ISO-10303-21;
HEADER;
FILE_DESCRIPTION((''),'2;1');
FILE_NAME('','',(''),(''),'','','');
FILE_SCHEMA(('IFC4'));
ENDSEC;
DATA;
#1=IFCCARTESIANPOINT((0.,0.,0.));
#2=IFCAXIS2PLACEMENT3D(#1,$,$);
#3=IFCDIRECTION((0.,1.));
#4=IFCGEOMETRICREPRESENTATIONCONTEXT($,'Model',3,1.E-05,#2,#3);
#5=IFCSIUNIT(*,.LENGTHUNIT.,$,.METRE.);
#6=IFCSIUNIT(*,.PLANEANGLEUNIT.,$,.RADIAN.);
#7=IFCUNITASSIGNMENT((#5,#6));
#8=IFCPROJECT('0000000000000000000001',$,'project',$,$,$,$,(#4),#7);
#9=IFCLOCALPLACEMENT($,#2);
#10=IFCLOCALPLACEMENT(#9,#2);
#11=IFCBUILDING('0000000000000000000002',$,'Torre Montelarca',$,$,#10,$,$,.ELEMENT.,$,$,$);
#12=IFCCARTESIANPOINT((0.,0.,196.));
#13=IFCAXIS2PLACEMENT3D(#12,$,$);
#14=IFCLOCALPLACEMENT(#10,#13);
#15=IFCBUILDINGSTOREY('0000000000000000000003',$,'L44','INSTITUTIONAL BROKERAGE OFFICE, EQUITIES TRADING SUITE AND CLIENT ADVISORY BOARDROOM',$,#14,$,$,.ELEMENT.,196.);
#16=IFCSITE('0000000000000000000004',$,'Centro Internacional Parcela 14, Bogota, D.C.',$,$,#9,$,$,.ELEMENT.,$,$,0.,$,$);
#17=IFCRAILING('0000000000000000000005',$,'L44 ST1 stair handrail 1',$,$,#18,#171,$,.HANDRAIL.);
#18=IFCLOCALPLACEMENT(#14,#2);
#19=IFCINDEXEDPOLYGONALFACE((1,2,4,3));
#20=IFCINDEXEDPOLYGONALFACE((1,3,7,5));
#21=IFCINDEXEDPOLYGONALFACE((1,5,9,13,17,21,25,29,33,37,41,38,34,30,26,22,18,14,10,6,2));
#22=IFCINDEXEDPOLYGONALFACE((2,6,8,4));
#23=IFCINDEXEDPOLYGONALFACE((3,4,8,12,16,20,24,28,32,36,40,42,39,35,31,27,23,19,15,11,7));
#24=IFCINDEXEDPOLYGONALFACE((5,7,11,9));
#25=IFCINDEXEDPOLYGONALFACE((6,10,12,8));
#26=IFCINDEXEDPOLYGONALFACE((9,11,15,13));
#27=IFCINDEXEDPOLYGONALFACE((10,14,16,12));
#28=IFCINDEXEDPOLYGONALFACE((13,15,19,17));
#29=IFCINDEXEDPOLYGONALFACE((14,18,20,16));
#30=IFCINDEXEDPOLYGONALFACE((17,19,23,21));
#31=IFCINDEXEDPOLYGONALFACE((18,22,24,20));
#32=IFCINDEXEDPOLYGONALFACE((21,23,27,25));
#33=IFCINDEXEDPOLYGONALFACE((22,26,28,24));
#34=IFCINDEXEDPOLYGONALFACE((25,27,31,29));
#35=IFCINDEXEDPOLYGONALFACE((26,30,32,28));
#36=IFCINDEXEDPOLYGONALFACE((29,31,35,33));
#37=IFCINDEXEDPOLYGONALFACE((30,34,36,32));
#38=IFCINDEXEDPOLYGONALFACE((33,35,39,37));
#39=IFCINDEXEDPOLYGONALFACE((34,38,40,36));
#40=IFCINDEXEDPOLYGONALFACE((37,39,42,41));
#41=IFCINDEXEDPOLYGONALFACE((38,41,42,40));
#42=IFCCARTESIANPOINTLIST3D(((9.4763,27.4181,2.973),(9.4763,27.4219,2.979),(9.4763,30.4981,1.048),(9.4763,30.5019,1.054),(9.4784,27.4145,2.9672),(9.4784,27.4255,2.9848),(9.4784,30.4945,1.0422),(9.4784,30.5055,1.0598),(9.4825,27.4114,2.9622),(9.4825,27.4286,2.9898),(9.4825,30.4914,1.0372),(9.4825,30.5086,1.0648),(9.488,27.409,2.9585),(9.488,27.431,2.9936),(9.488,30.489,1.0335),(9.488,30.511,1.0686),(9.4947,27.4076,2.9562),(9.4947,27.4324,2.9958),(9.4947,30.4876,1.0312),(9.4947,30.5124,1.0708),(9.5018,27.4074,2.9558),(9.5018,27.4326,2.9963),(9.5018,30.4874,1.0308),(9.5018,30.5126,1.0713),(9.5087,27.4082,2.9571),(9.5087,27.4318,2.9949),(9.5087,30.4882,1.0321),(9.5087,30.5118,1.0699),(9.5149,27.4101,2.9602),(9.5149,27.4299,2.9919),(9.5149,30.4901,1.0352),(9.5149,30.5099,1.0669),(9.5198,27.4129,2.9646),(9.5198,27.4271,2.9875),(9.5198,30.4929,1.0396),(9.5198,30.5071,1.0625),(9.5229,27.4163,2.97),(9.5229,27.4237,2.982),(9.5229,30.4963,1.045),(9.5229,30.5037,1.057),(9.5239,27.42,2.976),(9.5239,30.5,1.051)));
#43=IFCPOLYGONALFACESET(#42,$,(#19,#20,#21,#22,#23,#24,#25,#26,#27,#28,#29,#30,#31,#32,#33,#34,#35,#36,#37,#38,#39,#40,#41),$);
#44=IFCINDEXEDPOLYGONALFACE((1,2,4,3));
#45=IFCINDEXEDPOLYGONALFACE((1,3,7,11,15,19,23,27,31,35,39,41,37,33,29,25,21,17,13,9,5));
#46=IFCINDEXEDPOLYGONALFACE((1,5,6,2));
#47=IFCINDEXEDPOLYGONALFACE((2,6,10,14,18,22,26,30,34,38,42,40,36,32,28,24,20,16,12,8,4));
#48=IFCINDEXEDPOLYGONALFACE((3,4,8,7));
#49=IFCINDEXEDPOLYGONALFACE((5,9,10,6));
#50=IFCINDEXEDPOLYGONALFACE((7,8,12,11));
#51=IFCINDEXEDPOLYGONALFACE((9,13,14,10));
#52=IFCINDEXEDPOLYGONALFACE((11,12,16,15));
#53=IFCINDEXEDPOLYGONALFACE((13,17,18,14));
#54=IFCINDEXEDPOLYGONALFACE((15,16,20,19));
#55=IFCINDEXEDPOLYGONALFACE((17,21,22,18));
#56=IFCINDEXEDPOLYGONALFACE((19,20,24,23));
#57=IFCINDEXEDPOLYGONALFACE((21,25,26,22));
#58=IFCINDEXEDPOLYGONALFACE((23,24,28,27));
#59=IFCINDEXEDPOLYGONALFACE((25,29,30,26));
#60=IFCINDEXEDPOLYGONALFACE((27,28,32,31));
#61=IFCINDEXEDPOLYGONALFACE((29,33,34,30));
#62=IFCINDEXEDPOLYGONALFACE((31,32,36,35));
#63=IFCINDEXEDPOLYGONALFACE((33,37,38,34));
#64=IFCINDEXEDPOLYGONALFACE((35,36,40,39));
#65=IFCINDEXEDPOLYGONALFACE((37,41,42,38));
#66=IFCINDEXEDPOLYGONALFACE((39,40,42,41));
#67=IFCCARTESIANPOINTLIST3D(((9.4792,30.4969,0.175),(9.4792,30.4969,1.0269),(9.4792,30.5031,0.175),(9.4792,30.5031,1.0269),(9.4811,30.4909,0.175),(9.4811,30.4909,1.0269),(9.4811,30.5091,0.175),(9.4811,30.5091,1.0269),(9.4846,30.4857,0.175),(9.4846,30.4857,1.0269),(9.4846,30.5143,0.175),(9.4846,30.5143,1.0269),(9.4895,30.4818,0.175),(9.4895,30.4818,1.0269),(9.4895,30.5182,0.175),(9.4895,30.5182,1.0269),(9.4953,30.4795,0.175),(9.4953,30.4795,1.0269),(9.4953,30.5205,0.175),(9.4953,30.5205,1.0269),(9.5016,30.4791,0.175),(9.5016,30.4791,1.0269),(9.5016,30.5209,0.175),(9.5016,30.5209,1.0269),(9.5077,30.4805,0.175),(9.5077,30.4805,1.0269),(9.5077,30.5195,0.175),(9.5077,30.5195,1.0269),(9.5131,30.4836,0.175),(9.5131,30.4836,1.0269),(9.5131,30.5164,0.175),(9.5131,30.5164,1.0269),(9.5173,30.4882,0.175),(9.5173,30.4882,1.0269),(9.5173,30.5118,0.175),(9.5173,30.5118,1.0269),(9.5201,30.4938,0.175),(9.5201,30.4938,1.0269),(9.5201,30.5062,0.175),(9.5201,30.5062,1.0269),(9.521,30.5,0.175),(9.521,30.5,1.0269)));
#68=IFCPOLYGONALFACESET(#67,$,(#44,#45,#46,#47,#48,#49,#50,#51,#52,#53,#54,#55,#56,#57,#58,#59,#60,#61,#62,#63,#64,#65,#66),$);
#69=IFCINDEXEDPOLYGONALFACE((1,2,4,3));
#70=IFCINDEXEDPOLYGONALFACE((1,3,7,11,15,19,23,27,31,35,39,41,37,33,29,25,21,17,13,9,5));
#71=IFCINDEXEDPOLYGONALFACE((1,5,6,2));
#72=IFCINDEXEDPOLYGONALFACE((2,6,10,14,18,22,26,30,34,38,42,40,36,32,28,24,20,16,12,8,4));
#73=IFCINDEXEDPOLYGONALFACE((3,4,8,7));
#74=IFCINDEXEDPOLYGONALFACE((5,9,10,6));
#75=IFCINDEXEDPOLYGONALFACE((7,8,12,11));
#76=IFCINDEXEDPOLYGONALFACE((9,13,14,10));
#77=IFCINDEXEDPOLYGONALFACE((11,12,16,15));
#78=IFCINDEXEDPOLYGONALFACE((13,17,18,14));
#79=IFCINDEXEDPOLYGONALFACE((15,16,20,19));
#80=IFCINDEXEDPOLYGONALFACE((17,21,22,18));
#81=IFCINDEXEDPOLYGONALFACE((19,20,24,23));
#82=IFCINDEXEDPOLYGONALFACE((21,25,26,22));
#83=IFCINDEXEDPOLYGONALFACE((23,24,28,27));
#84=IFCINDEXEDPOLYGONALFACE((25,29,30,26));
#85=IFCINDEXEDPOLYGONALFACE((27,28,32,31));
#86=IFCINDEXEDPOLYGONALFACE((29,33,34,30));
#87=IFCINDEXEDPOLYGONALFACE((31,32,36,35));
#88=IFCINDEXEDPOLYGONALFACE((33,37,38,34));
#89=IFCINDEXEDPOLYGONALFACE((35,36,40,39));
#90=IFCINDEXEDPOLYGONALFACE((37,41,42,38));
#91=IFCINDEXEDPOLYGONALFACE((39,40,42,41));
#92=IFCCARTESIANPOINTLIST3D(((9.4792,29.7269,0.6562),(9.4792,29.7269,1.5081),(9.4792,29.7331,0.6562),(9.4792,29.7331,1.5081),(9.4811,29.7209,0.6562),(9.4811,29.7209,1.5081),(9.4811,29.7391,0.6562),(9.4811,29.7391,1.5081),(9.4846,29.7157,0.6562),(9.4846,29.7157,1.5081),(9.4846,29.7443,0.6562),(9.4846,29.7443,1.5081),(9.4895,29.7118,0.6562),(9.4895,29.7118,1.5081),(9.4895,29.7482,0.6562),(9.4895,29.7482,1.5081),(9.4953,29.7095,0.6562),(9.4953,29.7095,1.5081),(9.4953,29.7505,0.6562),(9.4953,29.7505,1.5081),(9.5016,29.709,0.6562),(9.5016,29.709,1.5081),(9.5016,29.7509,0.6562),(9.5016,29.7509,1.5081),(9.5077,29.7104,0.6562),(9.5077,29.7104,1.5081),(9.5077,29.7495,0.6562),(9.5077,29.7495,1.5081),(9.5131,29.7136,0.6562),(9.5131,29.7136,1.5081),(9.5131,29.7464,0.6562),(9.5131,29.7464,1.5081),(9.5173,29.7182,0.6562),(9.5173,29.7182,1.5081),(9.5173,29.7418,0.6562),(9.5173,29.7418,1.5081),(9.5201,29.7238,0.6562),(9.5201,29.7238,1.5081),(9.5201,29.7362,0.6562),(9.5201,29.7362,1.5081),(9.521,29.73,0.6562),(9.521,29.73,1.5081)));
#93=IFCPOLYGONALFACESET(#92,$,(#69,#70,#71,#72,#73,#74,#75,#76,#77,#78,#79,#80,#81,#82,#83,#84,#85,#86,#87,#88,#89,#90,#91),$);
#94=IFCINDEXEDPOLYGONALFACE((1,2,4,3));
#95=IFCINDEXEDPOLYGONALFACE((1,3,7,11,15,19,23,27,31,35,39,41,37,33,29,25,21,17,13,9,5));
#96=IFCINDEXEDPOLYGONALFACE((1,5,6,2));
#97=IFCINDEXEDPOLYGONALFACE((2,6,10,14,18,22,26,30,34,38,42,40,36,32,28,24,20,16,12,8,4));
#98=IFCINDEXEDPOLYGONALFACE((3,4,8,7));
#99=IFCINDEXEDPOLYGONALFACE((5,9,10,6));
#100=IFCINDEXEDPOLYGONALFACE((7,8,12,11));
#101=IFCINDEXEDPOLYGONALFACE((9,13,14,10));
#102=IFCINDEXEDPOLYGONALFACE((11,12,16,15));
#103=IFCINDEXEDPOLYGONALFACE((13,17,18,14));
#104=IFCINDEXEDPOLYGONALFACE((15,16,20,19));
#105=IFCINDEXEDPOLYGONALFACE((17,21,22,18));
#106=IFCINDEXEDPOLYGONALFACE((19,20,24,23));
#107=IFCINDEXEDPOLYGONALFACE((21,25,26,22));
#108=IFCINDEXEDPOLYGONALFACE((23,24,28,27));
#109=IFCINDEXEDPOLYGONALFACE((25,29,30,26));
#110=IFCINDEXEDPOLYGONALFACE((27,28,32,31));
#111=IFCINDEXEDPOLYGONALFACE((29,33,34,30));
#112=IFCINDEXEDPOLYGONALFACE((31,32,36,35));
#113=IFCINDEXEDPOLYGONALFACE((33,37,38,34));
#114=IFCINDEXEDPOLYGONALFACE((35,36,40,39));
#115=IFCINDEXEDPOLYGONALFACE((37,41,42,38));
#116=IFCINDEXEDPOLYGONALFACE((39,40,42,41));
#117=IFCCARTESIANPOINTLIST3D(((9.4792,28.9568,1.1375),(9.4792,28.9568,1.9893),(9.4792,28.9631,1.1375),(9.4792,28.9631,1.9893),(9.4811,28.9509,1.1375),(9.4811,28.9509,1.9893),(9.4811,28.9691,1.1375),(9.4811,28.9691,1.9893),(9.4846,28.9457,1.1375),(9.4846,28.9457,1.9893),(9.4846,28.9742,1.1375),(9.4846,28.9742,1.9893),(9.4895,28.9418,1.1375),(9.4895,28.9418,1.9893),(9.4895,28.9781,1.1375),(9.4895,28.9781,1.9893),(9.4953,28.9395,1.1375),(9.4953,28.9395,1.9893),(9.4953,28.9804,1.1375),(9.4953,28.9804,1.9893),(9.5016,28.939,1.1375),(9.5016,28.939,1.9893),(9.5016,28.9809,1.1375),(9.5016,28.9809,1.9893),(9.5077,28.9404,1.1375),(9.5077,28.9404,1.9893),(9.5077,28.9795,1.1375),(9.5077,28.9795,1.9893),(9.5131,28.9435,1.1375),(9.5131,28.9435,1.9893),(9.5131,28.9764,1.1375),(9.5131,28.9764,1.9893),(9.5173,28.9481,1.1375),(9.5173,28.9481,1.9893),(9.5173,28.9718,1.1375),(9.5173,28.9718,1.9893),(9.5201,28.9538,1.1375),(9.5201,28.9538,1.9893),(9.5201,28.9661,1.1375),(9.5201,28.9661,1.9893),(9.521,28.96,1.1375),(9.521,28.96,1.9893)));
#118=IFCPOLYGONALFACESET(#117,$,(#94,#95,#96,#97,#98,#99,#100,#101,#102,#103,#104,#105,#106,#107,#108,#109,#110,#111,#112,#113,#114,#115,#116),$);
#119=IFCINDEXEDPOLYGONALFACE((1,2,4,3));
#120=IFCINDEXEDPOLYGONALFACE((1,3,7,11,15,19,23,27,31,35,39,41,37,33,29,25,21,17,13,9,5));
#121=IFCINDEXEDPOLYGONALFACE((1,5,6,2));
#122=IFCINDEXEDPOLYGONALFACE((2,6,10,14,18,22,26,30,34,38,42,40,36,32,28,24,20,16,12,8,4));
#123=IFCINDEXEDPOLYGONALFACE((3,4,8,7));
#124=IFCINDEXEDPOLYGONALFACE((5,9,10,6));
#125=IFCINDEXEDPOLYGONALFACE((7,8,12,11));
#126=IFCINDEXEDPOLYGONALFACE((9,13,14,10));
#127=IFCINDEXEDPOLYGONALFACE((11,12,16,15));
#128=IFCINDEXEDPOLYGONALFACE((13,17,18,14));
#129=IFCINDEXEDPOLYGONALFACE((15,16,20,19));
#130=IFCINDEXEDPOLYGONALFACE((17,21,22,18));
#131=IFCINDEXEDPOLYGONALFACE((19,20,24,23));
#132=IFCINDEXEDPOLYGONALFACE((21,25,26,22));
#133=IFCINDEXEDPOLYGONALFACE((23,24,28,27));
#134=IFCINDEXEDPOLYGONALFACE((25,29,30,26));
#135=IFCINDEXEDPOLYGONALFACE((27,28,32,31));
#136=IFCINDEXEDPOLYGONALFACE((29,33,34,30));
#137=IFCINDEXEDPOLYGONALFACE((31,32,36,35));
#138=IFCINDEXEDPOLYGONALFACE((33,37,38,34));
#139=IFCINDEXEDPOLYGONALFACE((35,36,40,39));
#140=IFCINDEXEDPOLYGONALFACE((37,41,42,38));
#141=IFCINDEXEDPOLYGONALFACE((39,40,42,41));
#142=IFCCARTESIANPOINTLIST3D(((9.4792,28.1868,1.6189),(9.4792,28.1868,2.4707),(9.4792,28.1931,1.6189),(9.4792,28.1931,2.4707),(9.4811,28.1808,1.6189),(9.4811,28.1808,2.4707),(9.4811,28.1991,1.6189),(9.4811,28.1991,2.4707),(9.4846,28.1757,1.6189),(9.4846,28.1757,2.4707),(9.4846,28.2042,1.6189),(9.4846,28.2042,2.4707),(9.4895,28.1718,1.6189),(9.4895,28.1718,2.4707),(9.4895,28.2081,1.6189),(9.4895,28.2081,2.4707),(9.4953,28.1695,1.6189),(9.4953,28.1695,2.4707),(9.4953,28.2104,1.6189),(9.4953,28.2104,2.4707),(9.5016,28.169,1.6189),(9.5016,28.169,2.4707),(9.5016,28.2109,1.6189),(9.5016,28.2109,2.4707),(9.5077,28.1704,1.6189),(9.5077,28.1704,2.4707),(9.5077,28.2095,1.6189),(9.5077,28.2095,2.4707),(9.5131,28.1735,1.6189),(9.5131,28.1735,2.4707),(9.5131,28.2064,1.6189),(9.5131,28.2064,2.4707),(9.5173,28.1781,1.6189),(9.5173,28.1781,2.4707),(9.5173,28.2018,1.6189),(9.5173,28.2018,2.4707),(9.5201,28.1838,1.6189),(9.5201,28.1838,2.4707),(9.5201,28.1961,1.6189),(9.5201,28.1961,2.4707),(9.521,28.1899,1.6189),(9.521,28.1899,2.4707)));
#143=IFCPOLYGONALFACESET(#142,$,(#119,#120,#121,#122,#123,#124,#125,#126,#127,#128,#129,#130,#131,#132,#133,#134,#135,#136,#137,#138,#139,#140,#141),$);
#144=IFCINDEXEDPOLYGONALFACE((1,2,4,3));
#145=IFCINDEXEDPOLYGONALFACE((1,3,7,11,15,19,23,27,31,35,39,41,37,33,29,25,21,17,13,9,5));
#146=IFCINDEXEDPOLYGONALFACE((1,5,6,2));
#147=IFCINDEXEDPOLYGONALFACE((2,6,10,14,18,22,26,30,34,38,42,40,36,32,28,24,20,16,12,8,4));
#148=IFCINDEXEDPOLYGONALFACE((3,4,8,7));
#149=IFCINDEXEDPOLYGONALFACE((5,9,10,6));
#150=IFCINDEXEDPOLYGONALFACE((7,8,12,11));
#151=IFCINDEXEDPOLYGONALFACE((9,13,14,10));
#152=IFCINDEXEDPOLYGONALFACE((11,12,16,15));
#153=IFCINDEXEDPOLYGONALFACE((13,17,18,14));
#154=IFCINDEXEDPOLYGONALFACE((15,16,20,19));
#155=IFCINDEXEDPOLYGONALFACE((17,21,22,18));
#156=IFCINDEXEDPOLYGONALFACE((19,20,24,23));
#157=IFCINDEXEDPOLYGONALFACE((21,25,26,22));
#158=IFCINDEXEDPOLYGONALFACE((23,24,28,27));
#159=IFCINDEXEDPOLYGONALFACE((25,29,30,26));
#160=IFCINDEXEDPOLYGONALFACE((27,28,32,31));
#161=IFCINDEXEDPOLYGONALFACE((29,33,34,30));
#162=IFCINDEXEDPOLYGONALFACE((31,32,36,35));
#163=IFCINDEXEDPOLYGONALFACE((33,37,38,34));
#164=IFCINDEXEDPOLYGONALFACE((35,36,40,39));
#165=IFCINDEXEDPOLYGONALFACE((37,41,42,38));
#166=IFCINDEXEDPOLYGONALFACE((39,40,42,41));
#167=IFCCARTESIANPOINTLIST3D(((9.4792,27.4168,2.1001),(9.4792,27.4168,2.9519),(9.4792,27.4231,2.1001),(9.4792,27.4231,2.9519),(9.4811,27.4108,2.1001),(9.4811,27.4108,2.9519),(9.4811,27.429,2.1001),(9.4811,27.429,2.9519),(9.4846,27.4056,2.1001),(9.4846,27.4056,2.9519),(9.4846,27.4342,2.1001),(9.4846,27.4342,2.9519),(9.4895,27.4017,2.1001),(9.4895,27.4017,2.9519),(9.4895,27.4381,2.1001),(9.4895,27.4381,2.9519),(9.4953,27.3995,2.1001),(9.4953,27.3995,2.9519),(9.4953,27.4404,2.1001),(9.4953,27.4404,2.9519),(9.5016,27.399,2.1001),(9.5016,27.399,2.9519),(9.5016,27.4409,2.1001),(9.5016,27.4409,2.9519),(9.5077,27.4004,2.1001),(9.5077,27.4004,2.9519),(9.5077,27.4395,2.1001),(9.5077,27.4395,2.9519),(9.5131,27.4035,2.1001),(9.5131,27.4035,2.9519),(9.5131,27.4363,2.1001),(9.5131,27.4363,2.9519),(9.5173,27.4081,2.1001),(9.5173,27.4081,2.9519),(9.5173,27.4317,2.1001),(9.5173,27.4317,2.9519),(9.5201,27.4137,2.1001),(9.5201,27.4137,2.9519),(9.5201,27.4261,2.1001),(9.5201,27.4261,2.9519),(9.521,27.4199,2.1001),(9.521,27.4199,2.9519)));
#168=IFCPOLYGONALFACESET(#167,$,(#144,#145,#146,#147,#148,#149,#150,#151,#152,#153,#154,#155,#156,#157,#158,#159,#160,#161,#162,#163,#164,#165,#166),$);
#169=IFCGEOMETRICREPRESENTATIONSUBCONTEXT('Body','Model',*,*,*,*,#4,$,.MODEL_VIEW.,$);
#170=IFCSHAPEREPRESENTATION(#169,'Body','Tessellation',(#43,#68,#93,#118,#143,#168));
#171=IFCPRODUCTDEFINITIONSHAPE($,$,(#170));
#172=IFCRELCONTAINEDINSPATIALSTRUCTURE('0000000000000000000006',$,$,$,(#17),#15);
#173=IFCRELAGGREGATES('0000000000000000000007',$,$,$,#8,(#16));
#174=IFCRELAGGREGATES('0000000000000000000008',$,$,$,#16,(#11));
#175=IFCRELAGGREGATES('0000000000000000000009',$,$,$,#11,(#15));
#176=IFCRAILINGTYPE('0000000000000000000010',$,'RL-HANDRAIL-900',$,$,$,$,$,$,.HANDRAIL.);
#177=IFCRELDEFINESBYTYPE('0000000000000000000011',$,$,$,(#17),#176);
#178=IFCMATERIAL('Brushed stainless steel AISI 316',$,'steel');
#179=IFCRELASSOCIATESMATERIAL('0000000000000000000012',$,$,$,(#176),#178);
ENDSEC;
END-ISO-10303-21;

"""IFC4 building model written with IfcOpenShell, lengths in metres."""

from ifc_helpers import new_model, si_unit, direction, frame, origin, origin_2d, place, context, subcontext, project, spatial, circle, extrude, material, type_object, element, save


model = new_model("IFC4")

# Units and contexts
model_context = context("Model", 3, precision=1e-05, world=origin(), true_north=direction((0.0, 1.0)))
body_context = subcontext(model_context, "Body", "Model", "MODEL_VIEW")
ifc_project = project(units=[si_unit("LENGTHUNIT", "METRE"), si_unit("PLANEANGLEUNIT", "RADIAN")], contexts=[model_context])

# Site, building, storey
site_placement = place(None, origin())
site = spatial("IfcSite", under=ifc_project, at=site_placement, Name="Centro Internacional Parcela 14, Bogota, D.C.", CompositionType="ELEMENT", RefElevation=0.0)
building_placement = place(site_placement, origin())
building = spatial("IfcBuilding", under=site, at=building_placement, Name="Torre Montelarca", CompositionType="ELEMENT")
storey_placement = place(building_placement, frame((0.0, 0.0, 196.0)))
storey = spatial("IfcBuildingStorey", under=building, at=storey_placement, Name="L44", Description="INSTITUTIONAL BROKERAGE OFFICE, EQUITIES TRADING SUITE AND CLIENT ADVISORY BOARDROOM", CompositionType="ELEMENT", Elevation=196.0)

# Shared definitions
ifc_material_1 = material(Name="Brushed stainless steel AISI 316", Category="steel")

# Railing
railing_type_1 = type_object("IfcRailingType", Name="RL-HANDRAIL-900", PredefinedType="HANDRAIL", material=ifc_material_1)
railing_1_placement = place(storey_placement, frame((9.5, 30.5, 0.175)))
element("IfcRailing", 1, at=railing_1_placement, inside=storey, type_object=railing_type_1, Name="L44 ST1 stair handrail 1", PredefinedType="HANDRAIL", context=body_context, shape_type="SweptSolid", body=[
    extrude(circle(Radius=0.0239, at=origin_2d()), frame((0.0, 0.0, 0.876), z_axis=(0.0, -0.847998, 0.529999), x_axis=(1.0, 0.0, 0.0)), (0.0, 0.0, 1.0), 3.6321),
    extrude(circle(Radius=0.021, at=origin_2d()), origin(), (0.0, 0.0, 1.0), 0.8518),
    extrude(circle(Radius=0.021, at=origin_2d()), frame((0.0, -0.77, 0.4812)), (0.0, 0.0, 1.0), 0.8518),
    extrude(circle(Radius=0.021, at=origin_2d()), frame((0.0, -1.54, 0.9624)), (0.0, 0.0, 1.0), 0.8518),
    extrude(circle(Radius=0.021, at=origin_2d()), frame((0.0, -2.3101, 1.4438)), (0.0, 0.0, 1.0), 0.8518),
    extrude(circle(Radius=0.021, at=origin_2d()), frame((0.0, -3.0801, 1.925)), (0.0, 0.0, 1.0), 0.8518),
])

save(model, "model.ifc")
